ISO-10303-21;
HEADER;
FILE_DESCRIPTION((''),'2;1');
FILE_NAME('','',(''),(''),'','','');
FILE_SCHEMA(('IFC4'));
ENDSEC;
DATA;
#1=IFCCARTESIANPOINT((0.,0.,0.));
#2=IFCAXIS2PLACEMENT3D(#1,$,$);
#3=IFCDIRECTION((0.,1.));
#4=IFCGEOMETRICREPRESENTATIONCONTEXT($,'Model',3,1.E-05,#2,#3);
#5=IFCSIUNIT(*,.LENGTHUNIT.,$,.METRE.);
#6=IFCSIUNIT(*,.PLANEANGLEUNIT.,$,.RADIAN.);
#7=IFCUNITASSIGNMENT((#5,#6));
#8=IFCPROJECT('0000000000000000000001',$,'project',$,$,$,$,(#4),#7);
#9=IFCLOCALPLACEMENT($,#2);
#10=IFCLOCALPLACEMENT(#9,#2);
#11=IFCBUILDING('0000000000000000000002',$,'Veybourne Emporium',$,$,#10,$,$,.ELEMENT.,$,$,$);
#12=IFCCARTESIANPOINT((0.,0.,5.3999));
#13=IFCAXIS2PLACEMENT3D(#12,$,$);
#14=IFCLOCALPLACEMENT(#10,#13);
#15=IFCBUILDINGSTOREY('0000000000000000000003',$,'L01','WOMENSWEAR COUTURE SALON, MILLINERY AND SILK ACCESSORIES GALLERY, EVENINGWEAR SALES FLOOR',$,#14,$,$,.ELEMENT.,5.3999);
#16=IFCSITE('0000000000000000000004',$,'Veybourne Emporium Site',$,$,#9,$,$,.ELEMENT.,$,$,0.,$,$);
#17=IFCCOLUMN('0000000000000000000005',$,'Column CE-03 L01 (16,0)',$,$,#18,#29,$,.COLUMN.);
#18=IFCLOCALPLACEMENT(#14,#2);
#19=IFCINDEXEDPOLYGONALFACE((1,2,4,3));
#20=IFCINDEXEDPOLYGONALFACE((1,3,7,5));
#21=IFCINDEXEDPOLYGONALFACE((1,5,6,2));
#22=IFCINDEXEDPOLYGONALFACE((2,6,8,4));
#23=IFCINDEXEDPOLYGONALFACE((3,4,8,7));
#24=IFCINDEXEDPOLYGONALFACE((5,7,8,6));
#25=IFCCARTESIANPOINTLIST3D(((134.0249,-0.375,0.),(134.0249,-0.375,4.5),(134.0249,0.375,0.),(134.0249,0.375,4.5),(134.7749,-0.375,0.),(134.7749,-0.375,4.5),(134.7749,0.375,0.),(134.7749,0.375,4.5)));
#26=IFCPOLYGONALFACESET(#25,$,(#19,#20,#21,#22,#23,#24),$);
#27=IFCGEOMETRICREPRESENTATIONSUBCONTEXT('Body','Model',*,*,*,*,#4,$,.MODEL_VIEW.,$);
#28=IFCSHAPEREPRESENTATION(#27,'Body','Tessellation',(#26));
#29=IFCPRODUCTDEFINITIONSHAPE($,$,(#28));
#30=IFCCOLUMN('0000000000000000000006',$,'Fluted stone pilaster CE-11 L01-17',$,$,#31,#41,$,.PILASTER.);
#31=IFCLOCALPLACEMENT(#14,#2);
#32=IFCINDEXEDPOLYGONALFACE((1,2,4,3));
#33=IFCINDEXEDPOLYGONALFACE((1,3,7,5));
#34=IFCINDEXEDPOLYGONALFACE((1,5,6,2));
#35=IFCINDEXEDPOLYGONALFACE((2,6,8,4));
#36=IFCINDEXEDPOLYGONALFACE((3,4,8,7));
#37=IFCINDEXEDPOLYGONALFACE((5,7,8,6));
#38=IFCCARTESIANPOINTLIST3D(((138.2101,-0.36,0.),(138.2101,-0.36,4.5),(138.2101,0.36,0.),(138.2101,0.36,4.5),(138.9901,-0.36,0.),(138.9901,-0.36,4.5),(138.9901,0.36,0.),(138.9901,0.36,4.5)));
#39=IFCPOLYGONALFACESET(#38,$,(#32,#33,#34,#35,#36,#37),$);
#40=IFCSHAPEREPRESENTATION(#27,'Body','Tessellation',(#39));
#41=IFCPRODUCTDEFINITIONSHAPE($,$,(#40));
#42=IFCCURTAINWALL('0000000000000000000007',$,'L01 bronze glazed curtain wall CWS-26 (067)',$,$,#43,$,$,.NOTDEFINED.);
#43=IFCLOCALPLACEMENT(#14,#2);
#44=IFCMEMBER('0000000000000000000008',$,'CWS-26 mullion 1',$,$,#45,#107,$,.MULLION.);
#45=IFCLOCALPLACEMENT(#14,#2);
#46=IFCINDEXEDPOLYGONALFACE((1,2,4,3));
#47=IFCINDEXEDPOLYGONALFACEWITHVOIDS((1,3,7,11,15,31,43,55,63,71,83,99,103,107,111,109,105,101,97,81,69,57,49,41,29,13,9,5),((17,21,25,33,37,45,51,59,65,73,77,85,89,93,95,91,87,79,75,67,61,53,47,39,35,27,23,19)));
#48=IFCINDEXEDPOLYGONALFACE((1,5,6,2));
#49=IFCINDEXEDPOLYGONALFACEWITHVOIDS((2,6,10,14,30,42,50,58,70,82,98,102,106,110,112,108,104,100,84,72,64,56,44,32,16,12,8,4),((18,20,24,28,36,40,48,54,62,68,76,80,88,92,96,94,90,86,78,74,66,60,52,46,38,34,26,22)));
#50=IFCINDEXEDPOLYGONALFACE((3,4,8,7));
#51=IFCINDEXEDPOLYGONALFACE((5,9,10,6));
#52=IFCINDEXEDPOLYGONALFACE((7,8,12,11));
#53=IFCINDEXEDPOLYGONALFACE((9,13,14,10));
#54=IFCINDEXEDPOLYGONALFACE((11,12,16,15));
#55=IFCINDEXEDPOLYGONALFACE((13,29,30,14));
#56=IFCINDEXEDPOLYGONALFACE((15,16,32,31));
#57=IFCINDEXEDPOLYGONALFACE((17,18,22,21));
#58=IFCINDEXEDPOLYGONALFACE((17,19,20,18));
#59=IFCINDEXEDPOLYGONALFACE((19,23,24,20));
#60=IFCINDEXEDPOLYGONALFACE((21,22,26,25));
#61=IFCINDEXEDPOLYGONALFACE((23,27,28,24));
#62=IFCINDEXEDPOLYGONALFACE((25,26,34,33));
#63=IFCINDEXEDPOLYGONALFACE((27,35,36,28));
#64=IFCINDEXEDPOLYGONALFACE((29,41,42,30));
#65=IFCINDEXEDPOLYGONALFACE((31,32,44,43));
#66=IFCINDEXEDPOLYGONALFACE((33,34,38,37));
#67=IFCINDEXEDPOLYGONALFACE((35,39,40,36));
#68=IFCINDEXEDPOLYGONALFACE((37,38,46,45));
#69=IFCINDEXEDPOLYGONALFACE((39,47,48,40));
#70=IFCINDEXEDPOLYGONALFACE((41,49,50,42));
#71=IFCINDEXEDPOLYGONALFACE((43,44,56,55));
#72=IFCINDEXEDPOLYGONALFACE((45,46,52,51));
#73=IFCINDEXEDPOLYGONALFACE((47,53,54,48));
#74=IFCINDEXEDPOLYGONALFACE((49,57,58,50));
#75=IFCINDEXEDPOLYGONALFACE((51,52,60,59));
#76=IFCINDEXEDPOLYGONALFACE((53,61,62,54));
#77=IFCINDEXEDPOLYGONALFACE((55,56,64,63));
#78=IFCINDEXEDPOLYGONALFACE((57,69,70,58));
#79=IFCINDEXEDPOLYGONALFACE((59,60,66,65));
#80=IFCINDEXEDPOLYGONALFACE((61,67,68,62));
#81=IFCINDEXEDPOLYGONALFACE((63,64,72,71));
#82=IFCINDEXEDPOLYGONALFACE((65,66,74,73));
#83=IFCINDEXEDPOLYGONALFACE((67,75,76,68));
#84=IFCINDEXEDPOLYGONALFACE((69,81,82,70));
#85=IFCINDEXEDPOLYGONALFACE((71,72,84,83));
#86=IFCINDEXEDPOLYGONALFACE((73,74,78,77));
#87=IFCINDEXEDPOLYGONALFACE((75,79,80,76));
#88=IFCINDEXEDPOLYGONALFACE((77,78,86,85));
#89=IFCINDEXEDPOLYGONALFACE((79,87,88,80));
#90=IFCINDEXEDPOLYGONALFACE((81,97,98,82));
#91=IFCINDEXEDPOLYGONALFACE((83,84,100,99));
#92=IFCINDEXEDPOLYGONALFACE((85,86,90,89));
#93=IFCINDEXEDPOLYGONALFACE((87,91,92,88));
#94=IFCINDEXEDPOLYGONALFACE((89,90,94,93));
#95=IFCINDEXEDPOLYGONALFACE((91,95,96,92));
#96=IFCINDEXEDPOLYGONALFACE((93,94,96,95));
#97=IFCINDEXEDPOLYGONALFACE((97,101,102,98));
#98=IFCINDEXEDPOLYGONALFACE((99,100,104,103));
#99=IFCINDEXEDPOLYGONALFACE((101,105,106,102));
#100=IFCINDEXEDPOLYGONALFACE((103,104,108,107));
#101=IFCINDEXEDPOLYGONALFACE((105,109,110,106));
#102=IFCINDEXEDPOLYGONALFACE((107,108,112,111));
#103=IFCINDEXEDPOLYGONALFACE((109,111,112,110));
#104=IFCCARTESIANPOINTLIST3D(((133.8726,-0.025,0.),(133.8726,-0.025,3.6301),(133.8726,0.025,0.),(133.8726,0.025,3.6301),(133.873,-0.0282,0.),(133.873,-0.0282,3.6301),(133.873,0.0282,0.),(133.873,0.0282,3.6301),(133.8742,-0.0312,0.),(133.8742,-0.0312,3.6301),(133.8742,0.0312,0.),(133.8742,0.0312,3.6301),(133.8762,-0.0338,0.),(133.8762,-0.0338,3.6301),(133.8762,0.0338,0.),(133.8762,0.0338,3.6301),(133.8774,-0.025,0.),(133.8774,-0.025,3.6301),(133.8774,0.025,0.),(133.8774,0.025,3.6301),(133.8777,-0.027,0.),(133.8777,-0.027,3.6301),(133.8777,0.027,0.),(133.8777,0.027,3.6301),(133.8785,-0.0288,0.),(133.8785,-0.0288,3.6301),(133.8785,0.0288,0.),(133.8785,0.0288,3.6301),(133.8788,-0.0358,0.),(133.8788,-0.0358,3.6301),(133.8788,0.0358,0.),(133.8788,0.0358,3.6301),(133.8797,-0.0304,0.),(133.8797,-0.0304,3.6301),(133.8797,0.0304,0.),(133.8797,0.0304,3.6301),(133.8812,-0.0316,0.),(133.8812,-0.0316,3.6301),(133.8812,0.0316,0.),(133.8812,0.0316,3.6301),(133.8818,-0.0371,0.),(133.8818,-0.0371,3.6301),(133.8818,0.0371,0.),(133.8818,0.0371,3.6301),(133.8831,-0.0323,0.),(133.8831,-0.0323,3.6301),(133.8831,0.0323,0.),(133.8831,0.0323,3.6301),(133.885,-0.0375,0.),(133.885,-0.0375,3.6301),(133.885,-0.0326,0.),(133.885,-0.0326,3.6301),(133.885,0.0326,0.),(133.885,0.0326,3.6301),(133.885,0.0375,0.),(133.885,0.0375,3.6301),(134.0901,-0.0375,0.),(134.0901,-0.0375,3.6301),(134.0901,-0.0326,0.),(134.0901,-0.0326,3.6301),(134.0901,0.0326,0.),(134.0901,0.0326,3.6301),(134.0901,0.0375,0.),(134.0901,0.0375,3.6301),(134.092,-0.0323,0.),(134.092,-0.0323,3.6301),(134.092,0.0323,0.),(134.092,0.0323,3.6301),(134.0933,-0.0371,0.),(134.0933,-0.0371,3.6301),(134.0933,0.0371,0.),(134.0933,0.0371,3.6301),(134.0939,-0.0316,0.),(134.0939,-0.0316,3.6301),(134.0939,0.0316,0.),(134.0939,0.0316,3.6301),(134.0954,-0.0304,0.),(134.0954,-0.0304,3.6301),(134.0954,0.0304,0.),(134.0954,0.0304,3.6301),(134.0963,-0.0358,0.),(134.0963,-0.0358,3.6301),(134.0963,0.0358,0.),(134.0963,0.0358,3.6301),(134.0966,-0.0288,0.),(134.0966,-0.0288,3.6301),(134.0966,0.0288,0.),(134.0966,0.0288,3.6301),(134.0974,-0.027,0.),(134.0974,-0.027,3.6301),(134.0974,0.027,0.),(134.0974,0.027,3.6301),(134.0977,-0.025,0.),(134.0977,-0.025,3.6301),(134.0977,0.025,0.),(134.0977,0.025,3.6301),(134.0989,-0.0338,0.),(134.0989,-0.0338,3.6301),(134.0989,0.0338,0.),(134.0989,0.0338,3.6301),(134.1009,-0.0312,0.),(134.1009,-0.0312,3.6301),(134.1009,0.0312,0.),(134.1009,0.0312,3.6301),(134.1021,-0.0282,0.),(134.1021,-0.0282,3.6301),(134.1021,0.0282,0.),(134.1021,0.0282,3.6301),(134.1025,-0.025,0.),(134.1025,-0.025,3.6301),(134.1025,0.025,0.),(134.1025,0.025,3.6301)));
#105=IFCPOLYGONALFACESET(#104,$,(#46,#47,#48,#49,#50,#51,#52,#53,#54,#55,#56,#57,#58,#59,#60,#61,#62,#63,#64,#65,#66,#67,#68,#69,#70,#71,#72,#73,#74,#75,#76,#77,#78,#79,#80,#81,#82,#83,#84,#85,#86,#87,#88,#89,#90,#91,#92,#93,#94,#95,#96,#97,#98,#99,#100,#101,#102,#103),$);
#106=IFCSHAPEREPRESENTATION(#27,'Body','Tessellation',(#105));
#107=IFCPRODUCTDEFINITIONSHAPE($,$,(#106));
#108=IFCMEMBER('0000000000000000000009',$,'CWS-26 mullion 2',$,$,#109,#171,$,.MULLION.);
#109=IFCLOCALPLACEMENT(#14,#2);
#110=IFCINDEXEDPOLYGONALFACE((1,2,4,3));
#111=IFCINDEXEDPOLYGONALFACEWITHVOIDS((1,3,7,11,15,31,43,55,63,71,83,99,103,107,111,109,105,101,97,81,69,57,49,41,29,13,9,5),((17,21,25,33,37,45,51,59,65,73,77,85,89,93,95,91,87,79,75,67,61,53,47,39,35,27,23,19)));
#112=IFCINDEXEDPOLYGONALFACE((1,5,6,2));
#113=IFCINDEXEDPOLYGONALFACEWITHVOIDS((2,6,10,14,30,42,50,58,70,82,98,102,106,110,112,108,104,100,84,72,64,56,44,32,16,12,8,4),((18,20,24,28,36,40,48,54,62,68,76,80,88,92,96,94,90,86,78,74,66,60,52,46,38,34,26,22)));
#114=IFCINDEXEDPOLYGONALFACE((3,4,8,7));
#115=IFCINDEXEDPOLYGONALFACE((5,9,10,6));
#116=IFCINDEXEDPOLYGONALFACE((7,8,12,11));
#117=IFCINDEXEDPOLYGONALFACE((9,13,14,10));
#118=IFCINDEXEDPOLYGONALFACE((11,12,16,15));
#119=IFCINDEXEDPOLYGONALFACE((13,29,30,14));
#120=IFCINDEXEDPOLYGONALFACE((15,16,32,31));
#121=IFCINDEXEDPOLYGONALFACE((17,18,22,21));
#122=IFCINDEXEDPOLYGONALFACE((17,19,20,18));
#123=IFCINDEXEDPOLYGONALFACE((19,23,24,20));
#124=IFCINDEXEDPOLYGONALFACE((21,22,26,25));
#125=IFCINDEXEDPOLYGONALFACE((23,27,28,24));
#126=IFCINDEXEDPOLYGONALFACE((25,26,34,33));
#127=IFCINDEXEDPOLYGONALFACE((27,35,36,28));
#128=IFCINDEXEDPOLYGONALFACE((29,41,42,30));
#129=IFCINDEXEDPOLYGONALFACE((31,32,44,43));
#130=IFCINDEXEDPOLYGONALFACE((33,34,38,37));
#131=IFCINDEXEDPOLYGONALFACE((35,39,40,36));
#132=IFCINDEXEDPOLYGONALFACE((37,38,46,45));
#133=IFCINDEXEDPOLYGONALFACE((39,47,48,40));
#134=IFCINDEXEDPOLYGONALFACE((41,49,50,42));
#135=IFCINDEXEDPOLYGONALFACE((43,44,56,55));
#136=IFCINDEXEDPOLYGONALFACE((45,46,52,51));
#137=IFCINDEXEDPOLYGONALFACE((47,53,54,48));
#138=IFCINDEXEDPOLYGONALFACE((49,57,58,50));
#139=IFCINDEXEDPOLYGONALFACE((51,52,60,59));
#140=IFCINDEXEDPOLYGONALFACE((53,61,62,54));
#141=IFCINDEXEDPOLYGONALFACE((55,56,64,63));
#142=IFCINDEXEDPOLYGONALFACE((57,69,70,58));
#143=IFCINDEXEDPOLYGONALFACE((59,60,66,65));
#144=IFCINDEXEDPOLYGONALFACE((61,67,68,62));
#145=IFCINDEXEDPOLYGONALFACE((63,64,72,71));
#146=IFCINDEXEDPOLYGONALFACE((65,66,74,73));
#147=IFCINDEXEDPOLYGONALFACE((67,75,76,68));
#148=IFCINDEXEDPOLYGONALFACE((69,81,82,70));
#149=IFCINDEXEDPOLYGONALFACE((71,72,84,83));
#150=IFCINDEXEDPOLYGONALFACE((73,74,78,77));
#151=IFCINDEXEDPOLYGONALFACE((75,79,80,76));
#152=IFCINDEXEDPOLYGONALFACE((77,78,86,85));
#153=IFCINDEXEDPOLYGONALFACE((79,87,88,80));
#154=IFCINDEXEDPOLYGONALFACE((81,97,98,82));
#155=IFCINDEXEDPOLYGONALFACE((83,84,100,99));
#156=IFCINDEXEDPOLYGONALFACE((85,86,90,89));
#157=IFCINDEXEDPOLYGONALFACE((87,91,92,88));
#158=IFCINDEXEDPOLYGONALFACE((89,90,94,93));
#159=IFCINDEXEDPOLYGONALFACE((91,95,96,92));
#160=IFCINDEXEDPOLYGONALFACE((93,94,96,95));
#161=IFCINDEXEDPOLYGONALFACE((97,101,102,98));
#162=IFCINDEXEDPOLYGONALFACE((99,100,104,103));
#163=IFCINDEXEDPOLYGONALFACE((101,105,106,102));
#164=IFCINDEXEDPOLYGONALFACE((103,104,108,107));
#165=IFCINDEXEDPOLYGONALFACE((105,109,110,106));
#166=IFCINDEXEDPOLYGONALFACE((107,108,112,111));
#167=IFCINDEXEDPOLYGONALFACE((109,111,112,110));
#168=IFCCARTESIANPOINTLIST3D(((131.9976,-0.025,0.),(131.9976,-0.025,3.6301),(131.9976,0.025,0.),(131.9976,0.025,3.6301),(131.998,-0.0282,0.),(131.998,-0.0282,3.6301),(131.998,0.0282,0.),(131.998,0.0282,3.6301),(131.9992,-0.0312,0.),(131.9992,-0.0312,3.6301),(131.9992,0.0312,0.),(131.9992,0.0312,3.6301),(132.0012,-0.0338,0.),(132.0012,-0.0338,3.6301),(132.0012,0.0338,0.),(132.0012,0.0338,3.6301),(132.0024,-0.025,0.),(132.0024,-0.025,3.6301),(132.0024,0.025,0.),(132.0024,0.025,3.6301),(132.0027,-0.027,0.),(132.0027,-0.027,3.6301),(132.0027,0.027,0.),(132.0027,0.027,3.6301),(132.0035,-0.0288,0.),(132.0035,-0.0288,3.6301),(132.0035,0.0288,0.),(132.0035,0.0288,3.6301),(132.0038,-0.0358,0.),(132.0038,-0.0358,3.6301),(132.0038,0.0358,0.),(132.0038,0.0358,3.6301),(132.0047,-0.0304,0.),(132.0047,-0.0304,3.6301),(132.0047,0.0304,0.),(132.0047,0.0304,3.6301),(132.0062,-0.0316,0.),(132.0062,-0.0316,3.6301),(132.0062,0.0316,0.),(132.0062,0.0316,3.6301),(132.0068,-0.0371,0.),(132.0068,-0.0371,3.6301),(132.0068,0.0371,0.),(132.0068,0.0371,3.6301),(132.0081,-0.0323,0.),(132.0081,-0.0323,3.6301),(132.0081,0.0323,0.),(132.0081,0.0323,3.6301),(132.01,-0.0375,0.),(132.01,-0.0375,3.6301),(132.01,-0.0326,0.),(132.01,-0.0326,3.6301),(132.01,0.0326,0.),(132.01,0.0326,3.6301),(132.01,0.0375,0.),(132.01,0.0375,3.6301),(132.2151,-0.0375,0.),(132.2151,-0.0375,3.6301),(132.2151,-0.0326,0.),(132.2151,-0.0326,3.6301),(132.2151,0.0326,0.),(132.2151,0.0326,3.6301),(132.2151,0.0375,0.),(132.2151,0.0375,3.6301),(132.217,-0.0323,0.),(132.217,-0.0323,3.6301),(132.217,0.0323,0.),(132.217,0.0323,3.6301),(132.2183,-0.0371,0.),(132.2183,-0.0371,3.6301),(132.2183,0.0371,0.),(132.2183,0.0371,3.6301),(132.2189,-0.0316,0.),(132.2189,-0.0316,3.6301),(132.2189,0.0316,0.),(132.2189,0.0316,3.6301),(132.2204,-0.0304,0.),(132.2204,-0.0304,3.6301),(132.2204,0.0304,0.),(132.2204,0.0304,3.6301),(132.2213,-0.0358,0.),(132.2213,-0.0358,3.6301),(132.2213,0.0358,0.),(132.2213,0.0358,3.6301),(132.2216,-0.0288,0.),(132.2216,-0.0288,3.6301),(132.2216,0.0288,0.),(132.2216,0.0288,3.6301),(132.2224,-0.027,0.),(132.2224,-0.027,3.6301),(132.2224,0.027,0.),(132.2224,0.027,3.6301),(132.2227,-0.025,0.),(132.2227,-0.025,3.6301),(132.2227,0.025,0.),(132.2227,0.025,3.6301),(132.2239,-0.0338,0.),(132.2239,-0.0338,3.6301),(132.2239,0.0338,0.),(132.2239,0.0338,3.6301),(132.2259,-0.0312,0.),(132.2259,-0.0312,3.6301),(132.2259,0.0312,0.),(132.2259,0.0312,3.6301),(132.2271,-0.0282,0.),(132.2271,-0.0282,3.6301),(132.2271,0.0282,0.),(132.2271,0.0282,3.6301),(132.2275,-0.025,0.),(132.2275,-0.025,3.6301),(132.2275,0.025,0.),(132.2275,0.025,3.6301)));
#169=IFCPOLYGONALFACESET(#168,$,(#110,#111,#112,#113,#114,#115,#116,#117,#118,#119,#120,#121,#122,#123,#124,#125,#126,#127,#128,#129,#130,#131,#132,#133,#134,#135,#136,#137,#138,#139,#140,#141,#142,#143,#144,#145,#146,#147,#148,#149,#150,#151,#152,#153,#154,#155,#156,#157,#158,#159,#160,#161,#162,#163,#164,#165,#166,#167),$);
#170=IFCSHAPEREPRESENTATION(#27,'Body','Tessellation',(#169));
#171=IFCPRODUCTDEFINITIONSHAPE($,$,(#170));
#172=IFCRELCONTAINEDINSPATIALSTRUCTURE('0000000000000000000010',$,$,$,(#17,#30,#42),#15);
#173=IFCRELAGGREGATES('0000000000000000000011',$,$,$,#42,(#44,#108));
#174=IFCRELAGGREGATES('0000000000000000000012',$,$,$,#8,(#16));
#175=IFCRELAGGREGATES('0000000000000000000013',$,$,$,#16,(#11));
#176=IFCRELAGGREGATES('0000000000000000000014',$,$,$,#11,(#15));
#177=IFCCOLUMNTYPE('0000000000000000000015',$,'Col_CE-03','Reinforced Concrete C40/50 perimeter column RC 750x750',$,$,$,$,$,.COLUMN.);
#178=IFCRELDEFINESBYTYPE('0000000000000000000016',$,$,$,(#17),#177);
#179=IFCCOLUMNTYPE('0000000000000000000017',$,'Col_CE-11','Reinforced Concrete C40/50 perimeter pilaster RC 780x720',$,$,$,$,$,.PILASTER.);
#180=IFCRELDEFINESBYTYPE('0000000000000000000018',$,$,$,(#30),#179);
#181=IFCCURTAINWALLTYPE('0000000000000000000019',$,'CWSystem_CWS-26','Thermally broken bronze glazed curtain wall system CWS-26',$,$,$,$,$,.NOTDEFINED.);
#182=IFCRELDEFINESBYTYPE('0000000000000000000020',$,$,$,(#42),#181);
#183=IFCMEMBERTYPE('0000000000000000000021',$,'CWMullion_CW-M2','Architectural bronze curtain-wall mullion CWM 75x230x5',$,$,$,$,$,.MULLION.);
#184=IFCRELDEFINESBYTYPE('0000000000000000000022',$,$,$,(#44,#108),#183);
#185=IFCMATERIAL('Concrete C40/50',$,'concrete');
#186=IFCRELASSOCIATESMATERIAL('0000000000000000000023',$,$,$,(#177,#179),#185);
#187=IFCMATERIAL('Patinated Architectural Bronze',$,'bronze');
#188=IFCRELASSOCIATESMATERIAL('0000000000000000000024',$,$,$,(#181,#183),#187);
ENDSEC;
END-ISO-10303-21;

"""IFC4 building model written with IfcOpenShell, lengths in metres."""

from ifc_helpers import new_model, si_unit, direction, frame, origin, origin_2d, place, context, subcontext, project, spatial, rectangle, hollow_rectangle, extrude, material, material_profile, profile_set, type_object, element, aggregate, save


model = new_model("IFC4")

# Units and contexts
model_context = context("Model", 3, precision=1e-05, world=origin(), true_north=direction((0.0, 1.0)))
body_context = subcontext(model_context, "Body", "Model", "MODEL_VIEW")
ifc_project = project(units=[si_unit("LENGTHUNIT", "METRE"), si_unit("PLANEANGLEUNIT", "RADIAN")], contexts=[model_context])

# Site, building, storey
site_placement = place(None, origin())
site = spatial("IfcSite", under=ifc_project, at=site_placement, Name="Veybourne Emporium Site", CompositionType="ELEMENT", RefElevation=0.0)
building_placement = place(site_placement, origin())
building = spatial("IfcBuilding", under=site, at=building_placement, Name="Veybourne Emporium", CompositionType="ELEMENT")
storey_placement = place(building_placement, frame((0.0, 0.0, 5.3999)))
storey = spatial("IfcBuildingStorey", under=building, at=storey_placement, Name="L01", Description="WOMENSWEAR COUTURE SALON, MILLINERY AND SILK ACCESSORIES GALLERY, EVENINGWEAR SALES FLOOR", CompositionType="ELEMENT", Elevation=5.3999)

# Columns
ifc_material_1 = material(Name="Concrete C40/50", Category="concrete")
ifc_material_profile_1 = material_profile(ifc_material_1, rectangle(XDim=0.75, YDim=0.75, at=origin_2d()), Name="RC 750x750")
ifc_profile_set_1 = profile_set([ifc_material_profile_1], Name="Concrete C40/50")
column_type_1 = type_object("IfcColumnType", Name="Col_CE-03", Description="Reinforced Concrete C40/50 perimeter column RC 750x750", PredefinedType="COLUMN", material=ifc_profile_set_1)
column_1_placement = place(storey_placement, frame((134.3999, 0.0, 0.0), z_axis=(0.0, 0.0, 1.0), x_axis=(1.0, 0.0, 0.0)))
element("IfcColumn", 1, at=column_1_placement, inside=storey, type_object=column_type_1, Name="Column CE-03 L01 (16,0)", PredefinedType="COLUMN", context=body_context, shape_type="SweptSolid", body=[
    extrude(rectangle(XDim=0.75, YDim=0.75, at=origin_2d()), origin(), (0.0, 0.0, 1.0), 4.5),
])
ifc_material_profile_2 = material_profile(ifc_material_1, rectangle(XDim=0.78, YDim=0.72, at=origin_2d()), Name="RC 780x720")
ifc_profile_set_2 = profile_set([ifc_material_profile_2], Name="Concrete C40/50")
column_type_2 = type_object("IfcColumnType", Name="Col_CE-11", Description="Reinforced Concrete C40/50 perimeter pilaster RC 780x720", PredefinedType="PILASTER", material=ifc_profile_set_2)
column_2_placement = place(storey_placement, frame((138.6001, 0.0, 0.0), z_axis=(0.0, 0.0, 1.0), x_axis=(1.0, 0.0, 0.0)))
element("IfcColumn", 2, at=column_2_placement, inside=storey, type_object=column_type_2, Name="Fluted stone pilaster CE-11 L01-17", PredefinedType="PILASTER", context=body_context, shape_type="SweptSolid", body=[
    extrude(rectangle(XDim=0.78, YDim=0.72, at=origin_2d()), origin(), (0.0, 0.0, 1.0), 4.5),
])

# Curtain wall, members
ifc_material_2 = material(Name="Patinated Architectural Bronze", Category="bronze")
curtain_wall_type = type_object("IfcCurtainWallType", Name="CWSystem_CWS-26", Description="Thermally broken bronze glazed curtain wall system CWS-26", PredefinedType="NOTDEFINED", material=ifc_material_2)
curtain_wall_placement = place(storey_placement, origin())
curtain_wall = element("IfcCurtainWall", 3, at=curtain_wall_placement, inside=storey, type_object=curtain_wall_type, Name="L01 bronze glazed curtain wall CWS-26 (067)", PredefinedType="NOTDEFINED")
ifc_material_profile_3 = material_profile(ifc_material_2, hollow_rectangle(XDim=0.075, YDim=0.23, WallThickness=0.0049, InnerFilletRadius=0.0076, OuterFilletRadius=0.0125, at=origin_2d()), Name="CWM 75x230x5")
ifc_profile_set_3 = profile_set([ifc_material_profile_3], Name="Patinated Architectural Bronze")
member_type_1 = type_object("IfcMemberType", Name="CWMullion_CW-M2", Description="Architectural bronze curtain-wall mullion CWM 75x230x5", PredefinedType="MULLION", material=ifc_profile_set_3)
member_1_placement = place(storey_placement, frame((133.9875, 0.0, 0.0), z_axis=(0.0, 0.0, 1.0), x_axis=(0.0, -1.0, 0.0)))
member_1 = element("IfcMember", 4, at=member_1_placement, type_object=member_type_1, Name="CWS-26 mullion 1", PredefinedType="MULLION", context=body_context, shape_type="SweptSolid", body=[
    extrude(hollow_rectangle(XDim=0.075, YDim=0.23, WallThickness=0.0049, InnerFilletRadius=0.0076, OuterFilletRadius=0.0125, at=origin_2d()), origin(), (0.0, 0.0, 1.0), 3.6301),
])
member_2_placement = place(storey_placement, frame((132.1125, 0.0, 0.0), z_axis=(0.0, 0.0, 1.0), x_axis=(0.0, -1.0, 0.0)))
member_2 = element("IfcMember", 5, at=member_2_placement, type_object=member_type_1, Name="CWS-26 mullion 2", PredefinedType="MULLION", context=body_context, shape_type="SweptSolid", body=[
    extrude(hollow_rectangle(XDim=0.075, YDim=0.23, WallThickness=0.0049, InnerFilletRadius=0.0076, OuterFilletRadius=0.0125, at=origin_2d()), origin(), (0.0, 0.0, 1.0), 3.6301),
])

aggregate(curtain_wall, [member_1, member_2])

save(model, "model.ifc")
